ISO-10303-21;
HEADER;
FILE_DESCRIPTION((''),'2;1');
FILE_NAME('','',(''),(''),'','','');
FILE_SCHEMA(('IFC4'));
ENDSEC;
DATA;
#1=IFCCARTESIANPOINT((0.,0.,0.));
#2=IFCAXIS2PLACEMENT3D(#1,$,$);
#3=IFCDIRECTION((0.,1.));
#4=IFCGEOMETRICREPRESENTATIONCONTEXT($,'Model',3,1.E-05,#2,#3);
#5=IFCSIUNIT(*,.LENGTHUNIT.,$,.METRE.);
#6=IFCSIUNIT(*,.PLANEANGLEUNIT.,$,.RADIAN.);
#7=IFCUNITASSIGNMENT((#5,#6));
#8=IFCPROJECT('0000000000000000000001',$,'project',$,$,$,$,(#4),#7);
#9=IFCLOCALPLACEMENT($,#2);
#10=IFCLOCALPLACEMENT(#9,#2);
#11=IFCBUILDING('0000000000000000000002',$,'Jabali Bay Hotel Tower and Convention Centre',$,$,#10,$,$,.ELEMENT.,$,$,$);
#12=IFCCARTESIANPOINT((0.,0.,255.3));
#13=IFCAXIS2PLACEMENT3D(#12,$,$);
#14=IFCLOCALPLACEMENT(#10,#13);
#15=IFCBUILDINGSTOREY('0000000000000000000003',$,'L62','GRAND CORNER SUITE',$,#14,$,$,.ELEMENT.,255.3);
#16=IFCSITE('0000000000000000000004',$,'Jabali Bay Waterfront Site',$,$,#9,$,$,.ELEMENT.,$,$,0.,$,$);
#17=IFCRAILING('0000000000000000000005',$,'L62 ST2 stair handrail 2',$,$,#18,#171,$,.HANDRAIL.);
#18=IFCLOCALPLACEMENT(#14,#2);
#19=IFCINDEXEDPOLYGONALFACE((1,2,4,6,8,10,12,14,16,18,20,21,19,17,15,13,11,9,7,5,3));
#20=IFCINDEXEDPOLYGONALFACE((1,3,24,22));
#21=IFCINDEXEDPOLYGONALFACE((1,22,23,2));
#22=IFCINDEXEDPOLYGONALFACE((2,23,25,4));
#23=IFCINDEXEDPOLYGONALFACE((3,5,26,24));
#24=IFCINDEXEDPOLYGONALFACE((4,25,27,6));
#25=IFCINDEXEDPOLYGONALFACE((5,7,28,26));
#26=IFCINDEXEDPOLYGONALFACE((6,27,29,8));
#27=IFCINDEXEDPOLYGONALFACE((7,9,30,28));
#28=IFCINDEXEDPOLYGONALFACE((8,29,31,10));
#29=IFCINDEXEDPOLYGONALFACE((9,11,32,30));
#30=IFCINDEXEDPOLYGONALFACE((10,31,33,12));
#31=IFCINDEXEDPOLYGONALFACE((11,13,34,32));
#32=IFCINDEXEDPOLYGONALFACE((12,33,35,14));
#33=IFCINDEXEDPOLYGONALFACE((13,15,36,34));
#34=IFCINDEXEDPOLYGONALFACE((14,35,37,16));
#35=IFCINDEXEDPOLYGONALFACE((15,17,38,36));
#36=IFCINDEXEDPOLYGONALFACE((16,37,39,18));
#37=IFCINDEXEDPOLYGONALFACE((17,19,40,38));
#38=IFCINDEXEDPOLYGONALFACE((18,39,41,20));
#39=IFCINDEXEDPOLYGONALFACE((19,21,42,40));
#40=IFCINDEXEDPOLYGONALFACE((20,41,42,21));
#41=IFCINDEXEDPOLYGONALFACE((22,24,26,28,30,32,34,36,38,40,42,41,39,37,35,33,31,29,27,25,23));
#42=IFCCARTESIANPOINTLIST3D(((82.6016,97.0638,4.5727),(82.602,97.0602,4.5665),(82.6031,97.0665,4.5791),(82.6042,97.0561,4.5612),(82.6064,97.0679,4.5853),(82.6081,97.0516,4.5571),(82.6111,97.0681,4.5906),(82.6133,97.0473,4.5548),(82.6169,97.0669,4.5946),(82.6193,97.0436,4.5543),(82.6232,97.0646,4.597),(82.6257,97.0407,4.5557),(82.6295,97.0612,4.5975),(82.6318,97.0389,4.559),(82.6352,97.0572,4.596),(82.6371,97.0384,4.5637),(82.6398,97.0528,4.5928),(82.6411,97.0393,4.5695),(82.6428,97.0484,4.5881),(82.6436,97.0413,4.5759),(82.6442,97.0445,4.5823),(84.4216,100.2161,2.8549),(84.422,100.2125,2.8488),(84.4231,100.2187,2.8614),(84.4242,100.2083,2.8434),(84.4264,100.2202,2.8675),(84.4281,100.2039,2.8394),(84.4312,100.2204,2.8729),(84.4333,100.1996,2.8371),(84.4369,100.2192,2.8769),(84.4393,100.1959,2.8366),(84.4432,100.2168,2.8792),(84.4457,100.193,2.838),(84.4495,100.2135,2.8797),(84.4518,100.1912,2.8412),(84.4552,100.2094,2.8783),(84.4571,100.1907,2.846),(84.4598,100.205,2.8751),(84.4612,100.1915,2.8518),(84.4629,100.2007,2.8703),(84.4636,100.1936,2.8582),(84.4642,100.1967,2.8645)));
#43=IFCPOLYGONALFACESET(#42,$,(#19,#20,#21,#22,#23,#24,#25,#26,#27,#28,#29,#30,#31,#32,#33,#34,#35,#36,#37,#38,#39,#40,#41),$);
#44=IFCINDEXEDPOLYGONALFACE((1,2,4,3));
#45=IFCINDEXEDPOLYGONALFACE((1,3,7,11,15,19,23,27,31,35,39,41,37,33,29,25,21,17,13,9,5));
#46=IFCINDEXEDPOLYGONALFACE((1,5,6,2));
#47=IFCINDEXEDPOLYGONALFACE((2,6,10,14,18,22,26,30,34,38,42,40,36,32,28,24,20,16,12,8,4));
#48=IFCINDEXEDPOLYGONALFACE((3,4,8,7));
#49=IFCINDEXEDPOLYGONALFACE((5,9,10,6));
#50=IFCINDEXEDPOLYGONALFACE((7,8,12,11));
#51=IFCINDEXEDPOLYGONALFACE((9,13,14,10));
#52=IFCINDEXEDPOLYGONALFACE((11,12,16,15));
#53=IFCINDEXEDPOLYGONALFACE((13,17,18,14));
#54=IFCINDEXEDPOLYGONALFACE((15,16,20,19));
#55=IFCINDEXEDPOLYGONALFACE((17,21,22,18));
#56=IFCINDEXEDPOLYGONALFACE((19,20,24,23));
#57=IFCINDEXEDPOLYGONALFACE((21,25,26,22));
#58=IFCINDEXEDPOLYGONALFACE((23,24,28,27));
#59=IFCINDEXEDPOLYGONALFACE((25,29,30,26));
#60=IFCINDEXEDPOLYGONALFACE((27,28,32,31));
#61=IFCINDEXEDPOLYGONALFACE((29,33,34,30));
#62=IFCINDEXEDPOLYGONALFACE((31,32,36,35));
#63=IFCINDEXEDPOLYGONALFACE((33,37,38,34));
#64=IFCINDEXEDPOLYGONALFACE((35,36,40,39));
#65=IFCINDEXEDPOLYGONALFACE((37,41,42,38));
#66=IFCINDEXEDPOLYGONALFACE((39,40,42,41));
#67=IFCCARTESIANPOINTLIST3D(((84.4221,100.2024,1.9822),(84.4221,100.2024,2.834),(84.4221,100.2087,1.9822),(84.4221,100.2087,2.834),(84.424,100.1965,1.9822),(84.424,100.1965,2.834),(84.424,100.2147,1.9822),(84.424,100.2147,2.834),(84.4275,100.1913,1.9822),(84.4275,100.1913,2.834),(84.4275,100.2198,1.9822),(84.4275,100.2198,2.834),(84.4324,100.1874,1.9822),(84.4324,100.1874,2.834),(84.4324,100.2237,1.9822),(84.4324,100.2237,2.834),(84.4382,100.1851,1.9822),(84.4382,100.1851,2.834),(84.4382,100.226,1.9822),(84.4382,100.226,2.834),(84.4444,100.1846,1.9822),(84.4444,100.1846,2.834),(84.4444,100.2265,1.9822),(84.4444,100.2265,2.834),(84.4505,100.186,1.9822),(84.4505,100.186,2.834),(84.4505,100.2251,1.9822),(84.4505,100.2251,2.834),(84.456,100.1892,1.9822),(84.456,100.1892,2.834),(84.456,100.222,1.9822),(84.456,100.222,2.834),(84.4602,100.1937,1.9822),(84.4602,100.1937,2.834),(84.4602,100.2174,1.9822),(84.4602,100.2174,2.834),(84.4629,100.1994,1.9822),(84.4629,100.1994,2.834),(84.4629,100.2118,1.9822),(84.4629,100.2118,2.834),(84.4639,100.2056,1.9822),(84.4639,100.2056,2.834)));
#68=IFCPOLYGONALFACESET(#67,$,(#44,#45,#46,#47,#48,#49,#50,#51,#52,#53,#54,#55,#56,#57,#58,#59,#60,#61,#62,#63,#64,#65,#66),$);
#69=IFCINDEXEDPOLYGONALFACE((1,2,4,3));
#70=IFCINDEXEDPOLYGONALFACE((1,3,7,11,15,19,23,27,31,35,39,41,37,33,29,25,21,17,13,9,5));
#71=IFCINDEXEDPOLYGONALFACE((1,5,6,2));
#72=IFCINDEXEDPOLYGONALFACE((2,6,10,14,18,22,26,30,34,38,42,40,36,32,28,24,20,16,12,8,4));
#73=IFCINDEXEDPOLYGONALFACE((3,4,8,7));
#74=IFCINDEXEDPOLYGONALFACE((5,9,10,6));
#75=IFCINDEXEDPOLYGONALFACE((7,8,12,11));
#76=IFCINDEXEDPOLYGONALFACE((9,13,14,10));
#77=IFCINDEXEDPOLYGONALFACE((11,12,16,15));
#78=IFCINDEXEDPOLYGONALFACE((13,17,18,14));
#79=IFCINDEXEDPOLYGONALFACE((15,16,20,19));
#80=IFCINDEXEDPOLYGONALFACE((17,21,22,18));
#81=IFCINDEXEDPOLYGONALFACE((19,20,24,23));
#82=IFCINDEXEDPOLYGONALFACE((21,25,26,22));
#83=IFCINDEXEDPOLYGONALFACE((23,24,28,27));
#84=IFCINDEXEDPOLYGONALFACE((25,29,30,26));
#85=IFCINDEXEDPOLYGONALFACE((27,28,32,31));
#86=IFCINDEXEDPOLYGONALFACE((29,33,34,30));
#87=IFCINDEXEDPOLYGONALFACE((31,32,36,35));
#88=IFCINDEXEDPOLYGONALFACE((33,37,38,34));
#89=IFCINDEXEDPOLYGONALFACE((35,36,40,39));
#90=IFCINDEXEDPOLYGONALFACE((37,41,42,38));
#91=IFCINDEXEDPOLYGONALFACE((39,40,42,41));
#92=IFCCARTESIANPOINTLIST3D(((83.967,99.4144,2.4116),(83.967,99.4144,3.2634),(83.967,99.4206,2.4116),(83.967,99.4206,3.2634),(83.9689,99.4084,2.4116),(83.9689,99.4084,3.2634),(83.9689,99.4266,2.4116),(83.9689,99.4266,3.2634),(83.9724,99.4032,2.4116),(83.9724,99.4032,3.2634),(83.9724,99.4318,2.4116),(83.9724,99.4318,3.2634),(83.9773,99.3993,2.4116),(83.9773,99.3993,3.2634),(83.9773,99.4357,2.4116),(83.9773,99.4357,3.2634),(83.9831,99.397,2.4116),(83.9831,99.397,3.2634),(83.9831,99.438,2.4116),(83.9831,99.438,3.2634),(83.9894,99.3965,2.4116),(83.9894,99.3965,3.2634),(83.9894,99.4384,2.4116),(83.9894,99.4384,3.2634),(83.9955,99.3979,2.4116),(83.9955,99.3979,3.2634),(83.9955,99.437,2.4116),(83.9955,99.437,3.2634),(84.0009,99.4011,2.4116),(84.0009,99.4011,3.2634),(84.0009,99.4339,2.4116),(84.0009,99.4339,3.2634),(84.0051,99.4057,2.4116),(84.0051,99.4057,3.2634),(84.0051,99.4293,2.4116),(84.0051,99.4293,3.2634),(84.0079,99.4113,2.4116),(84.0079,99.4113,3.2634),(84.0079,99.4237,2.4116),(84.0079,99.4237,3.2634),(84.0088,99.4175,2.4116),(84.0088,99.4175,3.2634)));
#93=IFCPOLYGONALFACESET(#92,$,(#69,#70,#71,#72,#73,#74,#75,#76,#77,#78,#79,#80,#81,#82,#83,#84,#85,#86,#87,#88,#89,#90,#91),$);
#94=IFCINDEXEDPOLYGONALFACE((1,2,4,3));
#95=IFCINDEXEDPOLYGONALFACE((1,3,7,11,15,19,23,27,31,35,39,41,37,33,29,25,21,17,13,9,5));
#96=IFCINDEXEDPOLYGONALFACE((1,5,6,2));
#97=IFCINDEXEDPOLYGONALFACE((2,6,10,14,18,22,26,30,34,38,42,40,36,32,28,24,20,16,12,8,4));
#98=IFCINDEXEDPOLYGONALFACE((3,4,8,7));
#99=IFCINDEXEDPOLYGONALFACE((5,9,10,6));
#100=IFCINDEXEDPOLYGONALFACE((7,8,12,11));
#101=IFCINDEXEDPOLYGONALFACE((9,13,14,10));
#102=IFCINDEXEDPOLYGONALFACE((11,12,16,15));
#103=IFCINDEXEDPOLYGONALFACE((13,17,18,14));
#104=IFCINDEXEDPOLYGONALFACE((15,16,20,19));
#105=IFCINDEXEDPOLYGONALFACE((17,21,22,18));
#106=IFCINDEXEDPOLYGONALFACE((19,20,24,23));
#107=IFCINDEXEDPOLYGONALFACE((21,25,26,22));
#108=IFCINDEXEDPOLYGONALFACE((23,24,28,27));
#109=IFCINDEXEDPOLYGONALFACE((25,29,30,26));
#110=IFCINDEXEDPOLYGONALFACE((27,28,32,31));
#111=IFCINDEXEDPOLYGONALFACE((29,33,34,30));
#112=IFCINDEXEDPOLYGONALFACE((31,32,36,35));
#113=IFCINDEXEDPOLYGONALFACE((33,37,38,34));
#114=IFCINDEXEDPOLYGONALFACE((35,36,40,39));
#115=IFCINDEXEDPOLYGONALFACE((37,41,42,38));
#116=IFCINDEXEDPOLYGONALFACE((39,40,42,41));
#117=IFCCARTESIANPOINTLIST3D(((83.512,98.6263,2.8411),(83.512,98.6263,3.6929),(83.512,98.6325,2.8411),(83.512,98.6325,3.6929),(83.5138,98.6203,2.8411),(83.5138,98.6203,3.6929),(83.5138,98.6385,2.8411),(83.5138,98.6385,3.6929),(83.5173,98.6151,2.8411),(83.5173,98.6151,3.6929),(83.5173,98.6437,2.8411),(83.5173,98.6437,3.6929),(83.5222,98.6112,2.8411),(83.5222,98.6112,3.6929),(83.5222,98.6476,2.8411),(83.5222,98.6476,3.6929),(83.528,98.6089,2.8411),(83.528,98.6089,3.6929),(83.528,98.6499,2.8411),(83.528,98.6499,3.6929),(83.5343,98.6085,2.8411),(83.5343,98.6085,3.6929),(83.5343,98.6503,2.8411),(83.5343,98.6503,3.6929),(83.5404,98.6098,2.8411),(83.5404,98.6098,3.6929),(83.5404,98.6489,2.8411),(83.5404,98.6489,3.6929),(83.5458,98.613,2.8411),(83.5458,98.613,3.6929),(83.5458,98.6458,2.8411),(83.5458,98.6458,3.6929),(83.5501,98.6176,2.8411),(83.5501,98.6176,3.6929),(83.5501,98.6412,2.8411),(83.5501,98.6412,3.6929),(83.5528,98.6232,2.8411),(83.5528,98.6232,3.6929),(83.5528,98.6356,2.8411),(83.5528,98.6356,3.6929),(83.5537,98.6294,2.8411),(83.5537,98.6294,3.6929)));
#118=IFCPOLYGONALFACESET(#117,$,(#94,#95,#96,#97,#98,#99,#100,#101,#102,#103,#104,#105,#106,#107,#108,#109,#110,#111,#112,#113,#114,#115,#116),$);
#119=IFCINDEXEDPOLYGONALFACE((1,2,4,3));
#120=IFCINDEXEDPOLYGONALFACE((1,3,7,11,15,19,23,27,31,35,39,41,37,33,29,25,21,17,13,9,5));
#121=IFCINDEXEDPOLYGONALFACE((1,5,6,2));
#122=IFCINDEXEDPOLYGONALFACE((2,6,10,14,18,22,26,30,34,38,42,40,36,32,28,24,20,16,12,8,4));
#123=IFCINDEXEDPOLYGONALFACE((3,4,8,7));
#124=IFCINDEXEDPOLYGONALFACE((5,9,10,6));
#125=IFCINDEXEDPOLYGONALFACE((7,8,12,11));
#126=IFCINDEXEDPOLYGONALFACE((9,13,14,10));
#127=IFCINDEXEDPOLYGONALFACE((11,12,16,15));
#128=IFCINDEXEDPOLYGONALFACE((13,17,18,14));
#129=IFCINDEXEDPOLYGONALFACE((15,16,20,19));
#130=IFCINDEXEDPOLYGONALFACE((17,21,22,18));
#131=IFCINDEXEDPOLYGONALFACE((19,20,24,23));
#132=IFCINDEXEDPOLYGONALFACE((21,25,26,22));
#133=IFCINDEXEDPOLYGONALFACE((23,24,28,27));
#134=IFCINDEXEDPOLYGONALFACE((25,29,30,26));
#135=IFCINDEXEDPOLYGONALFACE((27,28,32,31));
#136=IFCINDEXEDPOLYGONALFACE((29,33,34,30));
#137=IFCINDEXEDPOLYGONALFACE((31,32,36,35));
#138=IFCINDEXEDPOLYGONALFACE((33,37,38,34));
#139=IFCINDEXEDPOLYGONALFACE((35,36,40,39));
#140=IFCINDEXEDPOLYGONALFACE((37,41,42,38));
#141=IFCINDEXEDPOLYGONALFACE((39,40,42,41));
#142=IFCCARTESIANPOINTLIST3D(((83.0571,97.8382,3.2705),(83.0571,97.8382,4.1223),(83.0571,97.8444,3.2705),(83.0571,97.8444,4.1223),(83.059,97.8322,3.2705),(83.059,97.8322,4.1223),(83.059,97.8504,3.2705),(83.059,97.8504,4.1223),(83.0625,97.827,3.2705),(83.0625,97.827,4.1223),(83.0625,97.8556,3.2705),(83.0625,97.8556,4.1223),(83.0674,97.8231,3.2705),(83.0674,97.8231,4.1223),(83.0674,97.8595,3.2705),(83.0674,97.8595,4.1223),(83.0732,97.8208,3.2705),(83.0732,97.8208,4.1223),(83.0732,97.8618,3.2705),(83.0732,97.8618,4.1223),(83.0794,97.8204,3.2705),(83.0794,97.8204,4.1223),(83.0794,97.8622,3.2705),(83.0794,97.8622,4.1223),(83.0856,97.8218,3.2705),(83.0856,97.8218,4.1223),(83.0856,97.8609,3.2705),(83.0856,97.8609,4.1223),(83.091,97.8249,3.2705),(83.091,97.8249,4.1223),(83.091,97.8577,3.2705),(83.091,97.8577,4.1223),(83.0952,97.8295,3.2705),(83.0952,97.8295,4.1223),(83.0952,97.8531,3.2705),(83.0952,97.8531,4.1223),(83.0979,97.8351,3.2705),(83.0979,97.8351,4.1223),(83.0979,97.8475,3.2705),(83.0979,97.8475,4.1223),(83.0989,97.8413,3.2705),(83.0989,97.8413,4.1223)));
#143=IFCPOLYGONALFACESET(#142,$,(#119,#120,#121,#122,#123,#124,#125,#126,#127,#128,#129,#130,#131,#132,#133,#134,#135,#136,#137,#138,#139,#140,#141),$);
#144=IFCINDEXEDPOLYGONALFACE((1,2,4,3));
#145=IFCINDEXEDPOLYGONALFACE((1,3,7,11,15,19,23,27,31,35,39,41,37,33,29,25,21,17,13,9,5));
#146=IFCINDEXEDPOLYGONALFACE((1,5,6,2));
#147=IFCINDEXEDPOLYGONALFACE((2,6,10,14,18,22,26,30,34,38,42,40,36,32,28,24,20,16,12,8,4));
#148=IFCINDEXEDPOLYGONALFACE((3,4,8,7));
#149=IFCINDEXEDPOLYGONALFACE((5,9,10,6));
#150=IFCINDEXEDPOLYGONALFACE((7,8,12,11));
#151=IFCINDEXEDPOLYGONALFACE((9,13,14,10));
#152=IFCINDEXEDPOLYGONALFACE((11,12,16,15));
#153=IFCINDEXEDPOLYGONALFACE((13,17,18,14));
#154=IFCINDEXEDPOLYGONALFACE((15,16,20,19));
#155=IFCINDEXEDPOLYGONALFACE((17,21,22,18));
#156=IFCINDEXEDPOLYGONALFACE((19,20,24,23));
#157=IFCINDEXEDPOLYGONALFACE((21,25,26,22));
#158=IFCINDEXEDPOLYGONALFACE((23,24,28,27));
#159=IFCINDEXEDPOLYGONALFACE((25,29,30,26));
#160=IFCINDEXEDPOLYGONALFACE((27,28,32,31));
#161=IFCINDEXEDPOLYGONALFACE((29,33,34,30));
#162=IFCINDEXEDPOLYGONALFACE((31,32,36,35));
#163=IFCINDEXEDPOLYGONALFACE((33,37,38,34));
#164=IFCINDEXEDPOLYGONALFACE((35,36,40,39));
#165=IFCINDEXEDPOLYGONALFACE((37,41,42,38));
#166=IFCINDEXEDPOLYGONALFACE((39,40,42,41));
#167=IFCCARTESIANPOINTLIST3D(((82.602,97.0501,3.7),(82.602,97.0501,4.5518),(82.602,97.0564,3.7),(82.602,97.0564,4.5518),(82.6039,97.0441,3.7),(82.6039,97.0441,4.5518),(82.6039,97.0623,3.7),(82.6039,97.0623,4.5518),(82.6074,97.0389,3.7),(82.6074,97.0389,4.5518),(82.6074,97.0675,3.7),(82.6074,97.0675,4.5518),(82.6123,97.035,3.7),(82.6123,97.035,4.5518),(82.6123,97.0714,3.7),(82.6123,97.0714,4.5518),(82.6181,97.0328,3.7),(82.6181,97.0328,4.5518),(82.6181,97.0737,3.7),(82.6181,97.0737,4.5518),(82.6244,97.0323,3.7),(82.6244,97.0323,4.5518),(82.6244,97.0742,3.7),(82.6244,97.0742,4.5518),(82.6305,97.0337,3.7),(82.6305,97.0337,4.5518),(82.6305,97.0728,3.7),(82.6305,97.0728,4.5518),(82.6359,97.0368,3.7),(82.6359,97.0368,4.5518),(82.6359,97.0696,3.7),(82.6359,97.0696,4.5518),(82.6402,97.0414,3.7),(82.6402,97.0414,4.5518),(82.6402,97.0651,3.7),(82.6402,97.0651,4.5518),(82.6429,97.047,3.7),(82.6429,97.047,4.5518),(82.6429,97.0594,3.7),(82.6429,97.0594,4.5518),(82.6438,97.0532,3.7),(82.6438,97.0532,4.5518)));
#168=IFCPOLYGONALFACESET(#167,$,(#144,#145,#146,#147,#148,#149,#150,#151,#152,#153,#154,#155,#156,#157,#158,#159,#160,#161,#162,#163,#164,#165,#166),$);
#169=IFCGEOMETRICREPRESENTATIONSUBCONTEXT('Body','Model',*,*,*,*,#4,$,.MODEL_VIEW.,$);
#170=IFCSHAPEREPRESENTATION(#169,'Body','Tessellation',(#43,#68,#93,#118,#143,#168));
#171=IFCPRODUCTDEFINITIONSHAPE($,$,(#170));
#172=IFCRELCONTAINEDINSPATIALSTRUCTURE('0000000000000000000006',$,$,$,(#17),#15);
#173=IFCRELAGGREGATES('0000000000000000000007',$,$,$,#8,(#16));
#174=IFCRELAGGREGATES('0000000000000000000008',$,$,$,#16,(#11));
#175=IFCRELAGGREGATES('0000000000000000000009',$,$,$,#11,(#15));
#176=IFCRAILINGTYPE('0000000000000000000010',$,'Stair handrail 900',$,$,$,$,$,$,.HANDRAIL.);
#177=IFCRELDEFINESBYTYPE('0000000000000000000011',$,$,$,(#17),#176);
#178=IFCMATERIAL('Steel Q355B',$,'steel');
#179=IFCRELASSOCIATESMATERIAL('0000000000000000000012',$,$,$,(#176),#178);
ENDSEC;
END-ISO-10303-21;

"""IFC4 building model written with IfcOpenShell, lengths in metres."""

from ifc_helpers import new_model, si_unit, direction, frame, origin, origin_2d, place, context, subcontext, project, spatial, circle, extrude, material, type_object, element, save


model = new_model("IFC4")

# Units and contexts
model_context = context("Model", 3, precision=1e-05, world=origin(), true_north=direction((0.0, 1.0)))
body_context = subcontext(model_context, "Body", "Model", "MODEL_VIEW")
ifc_project = project(units=[si_unit("LENGTHUNIT", "METRE"), si_unit("PLANEANGLEUNIT", "RADIAN")], contexts=[model_context])

# Site, building, storey
site_placement = place(None, origin())
site = spatial("IfcSite", under=ifc_project, at=site_placement, Name="Jabali Bay Waterfront Site", CompositionType="ELEMENT", RefElevation=0.0)
building_placement = place(site_placement, origin())
building = spatial("IfcBuilding", under=site, at=building_placement, Name="Jabali Bay Hotel Tower and Convention Centre", CompositionType="ELEMENT")
storey_placement = place(building_placement, frame((0.0, 0.0, 255.3)))
storey = spatial("IfcBuildingStorey", under=building, at=storey_placement, Name="L62", Description="GRAND CORNER SUITE", CompositionType="ELEMENT", Elevation=255.3)

# Railing
ifc_material_1 = material(Name="Steel Q355B", Category="steel")
railing_type = type_object("IfcRailingType", Name="Stair handrail 900", PredefinedType="HANDRAIL", material=ifc_material_1)
railing_placement = place(storey_placement, frame((84.4429, 100.2056, 1.9822)))
element("IfcRailing", 1, at=railing_placement, inside=storey, type_object=railing_type, Name="L62 ST2 stair handrail 2", PredefinedType="HANDRAIL", context=body_context, shape_type="SweptSolid", body=[
    extrude(circle(Radius=0.0239, at=origin_2d()), frame((0.0, 0.0, 0.876), z_axis=(-0.45219, -0.78319, 0.426775), x_axis=(0.866018, -0.500013, 0.0)), (0.0, 0.0, 1.0), 4.0249),
    extrude(circle(Radius=0.021, at=origin_2d()), origin(), (0.0, 0.0, 1.0), 0.8518),
    extrude(circle(Radius=0.021, at=origin_2d()), frame((-0.4551, -0.7881, 0.4294)), (0.0, 0.0, 1.0), 0.8518),
    extrude(circle(Radius=0.021, at=origin_2d()), frame((-0.9102, -1.5762, 0.8589)), (0.0, 0.0, 1.0), 0.8518),
    extrude(circle(Radius=0.021, at=origin_2d()), frame((-1.365, -2.3643, 1.2883)), (0.0, 0.0, 1.0), 0.8518),
    extrude(circle(Radius=0.021, at=origin_2d()), frame((-1.8201, -3.1523, 1.7178)), (0.0, 0.0, 1.0), 0.8518),
])

save(model, "model.ifc")
